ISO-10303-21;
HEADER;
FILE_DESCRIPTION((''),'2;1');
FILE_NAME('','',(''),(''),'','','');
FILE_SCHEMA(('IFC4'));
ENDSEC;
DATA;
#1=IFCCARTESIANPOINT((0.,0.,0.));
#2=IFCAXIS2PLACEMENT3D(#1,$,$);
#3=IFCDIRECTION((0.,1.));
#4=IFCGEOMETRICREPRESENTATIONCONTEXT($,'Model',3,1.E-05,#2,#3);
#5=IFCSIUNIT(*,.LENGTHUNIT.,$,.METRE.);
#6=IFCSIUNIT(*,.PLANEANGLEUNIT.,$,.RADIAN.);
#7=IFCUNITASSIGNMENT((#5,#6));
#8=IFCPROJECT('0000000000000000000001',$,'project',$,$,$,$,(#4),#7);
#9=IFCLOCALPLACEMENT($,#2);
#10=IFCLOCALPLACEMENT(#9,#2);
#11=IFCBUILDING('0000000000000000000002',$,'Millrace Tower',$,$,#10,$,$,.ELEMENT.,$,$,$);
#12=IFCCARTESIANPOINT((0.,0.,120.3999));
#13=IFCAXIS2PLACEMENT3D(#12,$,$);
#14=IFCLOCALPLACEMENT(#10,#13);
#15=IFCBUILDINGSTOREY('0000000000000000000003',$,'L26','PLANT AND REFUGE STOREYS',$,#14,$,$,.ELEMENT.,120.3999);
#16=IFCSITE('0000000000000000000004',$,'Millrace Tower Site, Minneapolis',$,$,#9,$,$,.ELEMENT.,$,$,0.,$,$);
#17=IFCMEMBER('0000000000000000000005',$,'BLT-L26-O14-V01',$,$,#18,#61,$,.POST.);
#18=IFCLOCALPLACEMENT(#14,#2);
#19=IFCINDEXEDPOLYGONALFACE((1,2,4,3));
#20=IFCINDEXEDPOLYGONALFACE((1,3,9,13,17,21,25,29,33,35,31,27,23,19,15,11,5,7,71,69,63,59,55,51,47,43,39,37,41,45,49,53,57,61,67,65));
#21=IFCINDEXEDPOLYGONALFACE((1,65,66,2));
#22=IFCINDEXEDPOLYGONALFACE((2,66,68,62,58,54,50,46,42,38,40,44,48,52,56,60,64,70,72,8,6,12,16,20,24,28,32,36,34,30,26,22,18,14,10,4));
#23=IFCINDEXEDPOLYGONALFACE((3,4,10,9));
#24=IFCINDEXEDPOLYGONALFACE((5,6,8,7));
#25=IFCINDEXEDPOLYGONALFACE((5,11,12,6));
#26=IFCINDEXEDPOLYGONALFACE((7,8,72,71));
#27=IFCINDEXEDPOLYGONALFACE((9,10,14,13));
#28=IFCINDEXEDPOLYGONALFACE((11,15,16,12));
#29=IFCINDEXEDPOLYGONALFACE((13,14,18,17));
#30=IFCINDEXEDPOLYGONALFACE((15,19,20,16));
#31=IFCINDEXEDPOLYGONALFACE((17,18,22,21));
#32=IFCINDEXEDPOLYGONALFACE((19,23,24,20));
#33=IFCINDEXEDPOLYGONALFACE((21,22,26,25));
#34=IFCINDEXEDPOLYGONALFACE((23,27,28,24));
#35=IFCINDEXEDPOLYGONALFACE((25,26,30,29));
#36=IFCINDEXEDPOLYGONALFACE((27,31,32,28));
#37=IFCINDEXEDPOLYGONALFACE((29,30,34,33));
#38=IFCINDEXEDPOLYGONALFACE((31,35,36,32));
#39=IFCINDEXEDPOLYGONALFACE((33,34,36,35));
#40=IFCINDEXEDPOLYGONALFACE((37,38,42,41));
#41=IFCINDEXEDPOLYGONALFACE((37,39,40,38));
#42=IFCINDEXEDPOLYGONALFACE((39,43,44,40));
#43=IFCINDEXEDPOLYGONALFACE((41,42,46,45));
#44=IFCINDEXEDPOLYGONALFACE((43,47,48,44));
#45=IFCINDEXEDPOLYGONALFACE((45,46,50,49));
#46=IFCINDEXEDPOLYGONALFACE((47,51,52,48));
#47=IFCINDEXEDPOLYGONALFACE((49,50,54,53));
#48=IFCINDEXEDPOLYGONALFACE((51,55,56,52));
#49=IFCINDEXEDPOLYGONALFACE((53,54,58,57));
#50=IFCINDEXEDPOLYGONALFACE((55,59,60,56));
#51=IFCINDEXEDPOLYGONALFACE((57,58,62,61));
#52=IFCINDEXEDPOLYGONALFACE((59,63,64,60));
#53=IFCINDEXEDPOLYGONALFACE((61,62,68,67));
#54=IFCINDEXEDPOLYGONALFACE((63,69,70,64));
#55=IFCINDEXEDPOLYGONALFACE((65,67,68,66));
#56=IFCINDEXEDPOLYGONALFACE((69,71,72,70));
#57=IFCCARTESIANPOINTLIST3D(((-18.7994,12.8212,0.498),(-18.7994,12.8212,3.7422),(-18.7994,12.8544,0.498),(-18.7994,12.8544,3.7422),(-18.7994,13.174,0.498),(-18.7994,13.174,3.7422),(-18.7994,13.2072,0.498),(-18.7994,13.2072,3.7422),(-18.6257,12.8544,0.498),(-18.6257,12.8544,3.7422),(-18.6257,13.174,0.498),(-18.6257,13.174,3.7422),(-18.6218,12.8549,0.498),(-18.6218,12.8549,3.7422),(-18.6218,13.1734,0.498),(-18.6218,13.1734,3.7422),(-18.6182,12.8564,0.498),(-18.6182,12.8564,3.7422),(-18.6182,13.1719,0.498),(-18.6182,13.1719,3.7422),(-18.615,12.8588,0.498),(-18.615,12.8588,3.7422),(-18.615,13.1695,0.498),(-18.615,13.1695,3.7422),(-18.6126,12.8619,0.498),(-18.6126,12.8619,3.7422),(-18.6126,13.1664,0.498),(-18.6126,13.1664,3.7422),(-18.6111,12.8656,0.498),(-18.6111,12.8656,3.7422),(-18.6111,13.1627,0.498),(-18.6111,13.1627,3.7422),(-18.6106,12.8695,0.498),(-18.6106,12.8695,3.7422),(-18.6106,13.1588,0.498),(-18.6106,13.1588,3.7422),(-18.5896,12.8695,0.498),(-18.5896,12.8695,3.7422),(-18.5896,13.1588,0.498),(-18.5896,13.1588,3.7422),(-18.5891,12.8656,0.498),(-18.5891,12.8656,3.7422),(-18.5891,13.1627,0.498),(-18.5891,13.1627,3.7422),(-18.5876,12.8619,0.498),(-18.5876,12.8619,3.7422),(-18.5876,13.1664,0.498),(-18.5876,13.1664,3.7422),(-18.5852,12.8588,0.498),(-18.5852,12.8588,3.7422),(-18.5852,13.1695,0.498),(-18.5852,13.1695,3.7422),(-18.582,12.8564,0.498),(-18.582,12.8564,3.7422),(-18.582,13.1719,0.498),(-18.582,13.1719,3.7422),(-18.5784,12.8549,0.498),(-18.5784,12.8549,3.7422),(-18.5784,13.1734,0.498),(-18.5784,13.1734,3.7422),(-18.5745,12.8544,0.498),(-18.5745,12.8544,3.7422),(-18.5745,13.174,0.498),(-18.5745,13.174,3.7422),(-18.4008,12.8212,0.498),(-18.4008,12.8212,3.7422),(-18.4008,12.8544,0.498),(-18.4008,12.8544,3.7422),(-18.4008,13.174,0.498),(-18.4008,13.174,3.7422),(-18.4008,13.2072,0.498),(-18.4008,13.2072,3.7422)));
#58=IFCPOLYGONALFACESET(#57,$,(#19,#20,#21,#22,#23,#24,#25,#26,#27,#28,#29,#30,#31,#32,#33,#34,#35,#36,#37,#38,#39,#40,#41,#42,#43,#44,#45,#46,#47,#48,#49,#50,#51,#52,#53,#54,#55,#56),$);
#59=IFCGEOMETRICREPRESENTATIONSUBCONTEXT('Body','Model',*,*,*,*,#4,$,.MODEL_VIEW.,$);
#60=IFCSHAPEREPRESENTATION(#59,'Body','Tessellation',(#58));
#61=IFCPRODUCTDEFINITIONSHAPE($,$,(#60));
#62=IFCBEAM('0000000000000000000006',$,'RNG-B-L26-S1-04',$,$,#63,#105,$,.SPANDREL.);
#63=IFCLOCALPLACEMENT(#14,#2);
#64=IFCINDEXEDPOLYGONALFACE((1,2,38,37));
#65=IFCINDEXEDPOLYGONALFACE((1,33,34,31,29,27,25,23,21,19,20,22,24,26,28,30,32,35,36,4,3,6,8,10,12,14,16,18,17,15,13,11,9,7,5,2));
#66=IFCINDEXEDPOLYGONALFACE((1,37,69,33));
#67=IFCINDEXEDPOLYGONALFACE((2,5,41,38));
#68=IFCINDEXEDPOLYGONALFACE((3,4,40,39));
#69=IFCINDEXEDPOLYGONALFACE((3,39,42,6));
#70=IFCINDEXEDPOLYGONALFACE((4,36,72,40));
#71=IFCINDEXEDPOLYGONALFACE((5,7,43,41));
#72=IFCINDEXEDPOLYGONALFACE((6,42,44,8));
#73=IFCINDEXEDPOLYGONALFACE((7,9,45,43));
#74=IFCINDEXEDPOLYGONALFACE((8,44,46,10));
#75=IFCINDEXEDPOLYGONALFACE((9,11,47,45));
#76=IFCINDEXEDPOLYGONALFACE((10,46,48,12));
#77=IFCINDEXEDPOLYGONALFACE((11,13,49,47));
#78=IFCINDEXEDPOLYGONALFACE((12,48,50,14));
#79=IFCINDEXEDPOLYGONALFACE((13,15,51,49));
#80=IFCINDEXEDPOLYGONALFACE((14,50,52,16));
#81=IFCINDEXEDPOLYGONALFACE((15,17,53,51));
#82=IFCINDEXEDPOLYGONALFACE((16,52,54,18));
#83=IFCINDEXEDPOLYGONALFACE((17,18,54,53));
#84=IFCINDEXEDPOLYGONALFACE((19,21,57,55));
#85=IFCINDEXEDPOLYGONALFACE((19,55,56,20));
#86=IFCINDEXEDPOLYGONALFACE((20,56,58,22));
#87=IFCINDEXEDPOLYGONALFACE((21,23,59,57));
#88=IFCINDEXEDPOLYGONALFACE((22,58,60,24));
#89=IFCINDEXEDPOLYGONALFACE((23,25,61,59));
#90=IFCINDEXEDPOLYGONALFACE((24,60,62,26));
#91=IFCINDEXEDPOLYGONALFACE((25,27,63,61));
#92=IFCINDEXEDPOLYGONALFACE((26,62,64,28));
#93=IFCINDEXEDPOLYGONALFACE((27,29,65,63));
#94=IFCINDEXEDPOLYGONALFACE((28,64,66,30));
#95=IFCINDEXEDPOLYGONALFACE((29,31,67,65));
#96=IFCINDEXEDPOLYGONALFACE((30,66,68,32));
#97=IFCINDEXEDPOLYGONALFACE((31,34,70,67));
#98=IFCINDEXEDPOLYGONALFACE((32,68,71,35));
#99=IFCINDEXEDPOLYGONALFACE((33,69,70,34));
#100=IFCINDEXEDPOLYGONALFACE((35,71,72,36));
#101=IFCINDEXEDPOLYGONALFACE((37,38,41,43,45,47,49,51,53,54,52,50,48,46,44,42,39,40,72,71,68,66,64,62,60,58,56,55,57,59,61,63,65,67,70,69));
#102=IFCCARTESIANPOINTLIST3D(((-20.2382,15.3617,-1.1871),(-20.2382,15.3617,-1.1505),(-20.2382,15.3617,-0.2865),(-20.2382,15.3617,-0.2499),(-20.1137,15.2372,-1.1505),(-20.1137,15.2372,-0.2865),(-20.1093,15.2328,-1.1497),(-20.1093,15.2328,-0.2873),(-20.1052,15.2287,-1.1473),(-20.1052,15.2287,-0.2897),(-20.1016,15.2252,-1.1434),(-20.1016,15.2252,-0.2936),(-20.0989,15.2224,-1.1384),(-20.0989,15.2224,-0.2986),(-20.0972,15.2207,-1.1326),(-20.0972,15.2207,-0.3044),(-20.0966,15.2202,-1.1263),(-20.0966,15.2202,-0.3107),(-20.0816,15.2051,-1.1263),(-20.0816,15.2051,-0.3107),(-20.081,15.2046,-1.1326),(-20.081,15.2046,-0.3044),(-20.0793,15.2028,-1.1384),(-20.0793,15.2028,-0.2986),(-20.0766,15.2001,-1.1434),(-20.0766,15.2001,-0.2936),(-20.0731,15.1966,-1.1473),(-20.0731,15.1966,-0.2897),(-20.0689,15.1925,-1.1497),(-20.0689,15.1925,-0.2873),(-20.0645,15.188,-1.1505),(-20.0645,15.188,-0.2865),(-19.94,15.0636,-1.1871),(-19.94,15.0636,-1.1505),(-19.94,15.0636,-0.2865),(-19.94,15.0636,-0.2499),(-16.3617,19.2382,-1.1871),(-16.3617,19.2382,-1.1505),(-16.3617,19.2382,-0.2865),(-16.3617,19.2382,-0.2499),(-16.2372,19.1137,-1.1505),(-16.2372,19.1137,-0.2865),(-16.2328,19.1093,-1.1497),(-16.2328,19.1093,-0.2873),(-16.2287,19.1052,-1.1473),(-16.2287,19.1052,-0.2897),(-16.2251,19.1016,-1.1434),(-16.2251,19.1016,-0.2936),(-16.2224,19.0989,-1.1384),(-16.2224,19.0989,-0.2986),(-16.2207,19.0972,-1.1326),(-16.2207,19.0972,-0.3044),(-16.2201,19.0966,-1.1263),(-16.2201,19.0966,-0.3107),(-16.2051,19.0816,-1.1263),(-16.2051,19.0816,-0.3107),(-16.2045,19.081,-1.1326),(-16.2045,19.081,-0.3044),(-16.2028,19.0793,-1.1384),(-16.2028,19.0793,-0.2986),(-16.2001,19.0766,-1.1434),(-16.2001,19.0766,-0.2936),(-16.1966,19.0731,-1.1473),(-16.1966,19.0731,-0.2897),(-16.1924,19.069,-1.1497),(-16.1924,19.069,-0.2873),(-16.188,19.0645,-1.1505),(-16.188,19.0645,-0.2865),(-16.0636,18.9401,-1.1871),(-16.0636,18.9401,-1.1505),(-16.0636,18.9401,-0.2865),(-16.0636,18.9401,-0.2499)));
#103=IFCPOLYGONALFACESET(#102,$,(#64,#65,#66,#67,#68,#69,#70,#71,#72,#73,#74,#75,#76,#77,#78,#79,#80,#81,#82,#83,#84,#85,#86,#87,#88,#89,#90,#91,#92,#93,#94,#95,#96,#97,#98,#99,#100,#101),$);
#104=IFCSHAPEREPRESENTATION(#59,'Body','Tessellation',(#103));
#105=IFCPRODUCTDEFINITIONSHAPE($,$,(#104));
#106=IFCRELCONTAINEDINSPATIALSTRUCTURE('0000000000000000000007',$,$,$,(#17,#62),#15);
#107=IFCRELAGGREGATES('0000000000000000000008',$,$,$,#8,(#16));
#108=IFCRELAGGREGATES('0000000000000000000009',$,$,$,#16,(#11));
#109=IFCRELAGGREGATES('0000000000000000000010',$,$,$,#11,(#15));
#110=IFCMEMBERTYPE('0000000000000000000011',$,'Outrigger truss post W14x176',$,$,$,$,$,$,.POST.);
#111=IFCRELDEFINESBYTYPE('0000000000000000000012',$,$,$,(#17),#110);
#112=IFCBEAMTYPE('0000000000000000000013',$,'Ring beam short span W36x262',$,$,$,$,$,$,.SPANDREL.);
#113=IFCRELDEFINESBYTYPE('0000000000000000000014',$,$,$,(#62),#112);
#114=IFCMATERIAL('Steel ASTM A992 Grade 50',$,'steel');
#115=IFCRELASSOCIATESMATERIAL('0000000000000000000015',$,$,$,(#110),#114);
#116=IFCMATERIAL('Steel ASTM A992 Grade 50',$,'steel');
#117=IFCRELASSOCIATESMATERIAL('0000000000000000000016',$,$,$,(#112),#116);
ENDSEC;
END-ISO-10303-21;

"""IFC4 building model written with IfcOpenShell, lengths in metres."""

from ifc_helpers import new_model, si_unit, direction, frame, origin, origin_2d, place, context, subcontext, project, spatial, i_section, extrude, material, material_profile, profile_set, type_object, element, save


model = new_model("IFC4")

# Units and contexts
model_context = context("Model", 3, precision=1e-05, world=origin(), true_north=direction((0.0, 1.0)))
body_context = subcontext(model_context, "Body", "Model", "MODEL_VIEW")
ifc_project = project(units=[si_unit("LENGTHUNIT", "METRE"), si_unit("PLANEANGLEUNIT", "RADIAN")], contexts=[model_context])

# Site, building, storey
site_placement = place(None, origin())
site = spatial("IfcSite", under=ifc_project, at=site_placement, Name="Millrace Tower Site, Minneapolis", CompositionType="ELEMENT", RefElevation=0.0)
building_placement = place(site_placement, origin())
building = spatial("IfcBuilding", under=site, at=building_placement, Name="Millrace Tower", CompositionType="ELEMENT")
storey_placement = place(building_placement, frame((0.0, 0.0, 120.3999)))
storey = spatial("IfcBuildingStorey", under=building, at=storey_placement, Name="L26", Description="PLANT AND REFUGE STOREYS", CompositionType="ELEMENT", Elevation=120.3999)

# Member
ifc_material_1 = material(Name="Steel ASTM A992 Grade 50", Category="steel")
ifc_material_profile_1 = material_profile(ifc_material_1, i_section(OverallWidth=0.3987, OverallDepth=0.386, WebThickness=0.021, FlangeThickness=0.0332, FilletRadius=0.0151, at=origin_2d()))
ifc_profile_set_1 = profile_set([ifc_material_profile_1], Name="Steel ASTM A992 Grade 50")
member_type_1 = type_object("IfcMemberType", Name="Outrigger truss post W14x176", PredefinedType="POST", material=ifc_profile_set_1)
member_1_placement = place(storey_placement, frame((-18.6001, 13.0142, 0.498), z_axis=(0.0, 0.0, 1.0), x_axis=(1.0, 0.0, 0.0)))
element("IfcMember", 1, at=member_1_placement, inside=storey, type_object=member_type_1, Name="BLT-L26-O14-V01", PredefinedType="POST", context=body_context, shape_type="SweptSolid", body=[
    extrude(i_section(OverallWidth=0.3987, OverallDepth=0.386, WebThickness=0.021, FlangeThickness=0.0332, FilletRadius=0.0151, at=origin_2d()), origin(), (0.0, 0.0, 1.0), 3.2441),
])

# Beam
ifc_material_2 = material(Name="Steel ASTM A992 Grade 50", Category="steel")
ifc_material_profile_2 = material_profile(ifc_material_2, i_section(OverallWidth=0.4216, OverallDepth=0.9373, WebThickness=0.0212, FlangeThickness=0.0366, FilletRadius=0.0242, at=origin_2d()))
ifc_profile_set_2 = profile_set([ifc_material_profile_2], Name="Steel ASTM A992 Grade 50")
beam_type_1 = type_object("IfcBeamType", Name="Ring beam short span W36x262", PredefinedType="SPANDREL", material=ifc_profile_set_2)
beam_1_placement = place(storey_placement, frame((-20.0891, 15.2126, -0.7185), z_axis=(0.707107, 0.707107, 0.0), x_axis=(-0.707107, 0.707107, 0.0)))
element("IfcBeam", 2, at=beam_1_placement, inside=storey, type_object=beam_type_1, Name="RNG-B-L26-S1-04", PredefinedType="SPANDREL", context=body_context, shape_type="SweptSolid", body=[
    extrude(i_section(OverallWidth=0.4216, OverallDepth=0.9373, WebThickness=0.0212, FlangeThickness=0.0366, FilletRadius=0.0242, at=origin_2d()), origin(), (0.0, 0.0, 1.0), 5.4822),
])

save(model, "model.ifc")
